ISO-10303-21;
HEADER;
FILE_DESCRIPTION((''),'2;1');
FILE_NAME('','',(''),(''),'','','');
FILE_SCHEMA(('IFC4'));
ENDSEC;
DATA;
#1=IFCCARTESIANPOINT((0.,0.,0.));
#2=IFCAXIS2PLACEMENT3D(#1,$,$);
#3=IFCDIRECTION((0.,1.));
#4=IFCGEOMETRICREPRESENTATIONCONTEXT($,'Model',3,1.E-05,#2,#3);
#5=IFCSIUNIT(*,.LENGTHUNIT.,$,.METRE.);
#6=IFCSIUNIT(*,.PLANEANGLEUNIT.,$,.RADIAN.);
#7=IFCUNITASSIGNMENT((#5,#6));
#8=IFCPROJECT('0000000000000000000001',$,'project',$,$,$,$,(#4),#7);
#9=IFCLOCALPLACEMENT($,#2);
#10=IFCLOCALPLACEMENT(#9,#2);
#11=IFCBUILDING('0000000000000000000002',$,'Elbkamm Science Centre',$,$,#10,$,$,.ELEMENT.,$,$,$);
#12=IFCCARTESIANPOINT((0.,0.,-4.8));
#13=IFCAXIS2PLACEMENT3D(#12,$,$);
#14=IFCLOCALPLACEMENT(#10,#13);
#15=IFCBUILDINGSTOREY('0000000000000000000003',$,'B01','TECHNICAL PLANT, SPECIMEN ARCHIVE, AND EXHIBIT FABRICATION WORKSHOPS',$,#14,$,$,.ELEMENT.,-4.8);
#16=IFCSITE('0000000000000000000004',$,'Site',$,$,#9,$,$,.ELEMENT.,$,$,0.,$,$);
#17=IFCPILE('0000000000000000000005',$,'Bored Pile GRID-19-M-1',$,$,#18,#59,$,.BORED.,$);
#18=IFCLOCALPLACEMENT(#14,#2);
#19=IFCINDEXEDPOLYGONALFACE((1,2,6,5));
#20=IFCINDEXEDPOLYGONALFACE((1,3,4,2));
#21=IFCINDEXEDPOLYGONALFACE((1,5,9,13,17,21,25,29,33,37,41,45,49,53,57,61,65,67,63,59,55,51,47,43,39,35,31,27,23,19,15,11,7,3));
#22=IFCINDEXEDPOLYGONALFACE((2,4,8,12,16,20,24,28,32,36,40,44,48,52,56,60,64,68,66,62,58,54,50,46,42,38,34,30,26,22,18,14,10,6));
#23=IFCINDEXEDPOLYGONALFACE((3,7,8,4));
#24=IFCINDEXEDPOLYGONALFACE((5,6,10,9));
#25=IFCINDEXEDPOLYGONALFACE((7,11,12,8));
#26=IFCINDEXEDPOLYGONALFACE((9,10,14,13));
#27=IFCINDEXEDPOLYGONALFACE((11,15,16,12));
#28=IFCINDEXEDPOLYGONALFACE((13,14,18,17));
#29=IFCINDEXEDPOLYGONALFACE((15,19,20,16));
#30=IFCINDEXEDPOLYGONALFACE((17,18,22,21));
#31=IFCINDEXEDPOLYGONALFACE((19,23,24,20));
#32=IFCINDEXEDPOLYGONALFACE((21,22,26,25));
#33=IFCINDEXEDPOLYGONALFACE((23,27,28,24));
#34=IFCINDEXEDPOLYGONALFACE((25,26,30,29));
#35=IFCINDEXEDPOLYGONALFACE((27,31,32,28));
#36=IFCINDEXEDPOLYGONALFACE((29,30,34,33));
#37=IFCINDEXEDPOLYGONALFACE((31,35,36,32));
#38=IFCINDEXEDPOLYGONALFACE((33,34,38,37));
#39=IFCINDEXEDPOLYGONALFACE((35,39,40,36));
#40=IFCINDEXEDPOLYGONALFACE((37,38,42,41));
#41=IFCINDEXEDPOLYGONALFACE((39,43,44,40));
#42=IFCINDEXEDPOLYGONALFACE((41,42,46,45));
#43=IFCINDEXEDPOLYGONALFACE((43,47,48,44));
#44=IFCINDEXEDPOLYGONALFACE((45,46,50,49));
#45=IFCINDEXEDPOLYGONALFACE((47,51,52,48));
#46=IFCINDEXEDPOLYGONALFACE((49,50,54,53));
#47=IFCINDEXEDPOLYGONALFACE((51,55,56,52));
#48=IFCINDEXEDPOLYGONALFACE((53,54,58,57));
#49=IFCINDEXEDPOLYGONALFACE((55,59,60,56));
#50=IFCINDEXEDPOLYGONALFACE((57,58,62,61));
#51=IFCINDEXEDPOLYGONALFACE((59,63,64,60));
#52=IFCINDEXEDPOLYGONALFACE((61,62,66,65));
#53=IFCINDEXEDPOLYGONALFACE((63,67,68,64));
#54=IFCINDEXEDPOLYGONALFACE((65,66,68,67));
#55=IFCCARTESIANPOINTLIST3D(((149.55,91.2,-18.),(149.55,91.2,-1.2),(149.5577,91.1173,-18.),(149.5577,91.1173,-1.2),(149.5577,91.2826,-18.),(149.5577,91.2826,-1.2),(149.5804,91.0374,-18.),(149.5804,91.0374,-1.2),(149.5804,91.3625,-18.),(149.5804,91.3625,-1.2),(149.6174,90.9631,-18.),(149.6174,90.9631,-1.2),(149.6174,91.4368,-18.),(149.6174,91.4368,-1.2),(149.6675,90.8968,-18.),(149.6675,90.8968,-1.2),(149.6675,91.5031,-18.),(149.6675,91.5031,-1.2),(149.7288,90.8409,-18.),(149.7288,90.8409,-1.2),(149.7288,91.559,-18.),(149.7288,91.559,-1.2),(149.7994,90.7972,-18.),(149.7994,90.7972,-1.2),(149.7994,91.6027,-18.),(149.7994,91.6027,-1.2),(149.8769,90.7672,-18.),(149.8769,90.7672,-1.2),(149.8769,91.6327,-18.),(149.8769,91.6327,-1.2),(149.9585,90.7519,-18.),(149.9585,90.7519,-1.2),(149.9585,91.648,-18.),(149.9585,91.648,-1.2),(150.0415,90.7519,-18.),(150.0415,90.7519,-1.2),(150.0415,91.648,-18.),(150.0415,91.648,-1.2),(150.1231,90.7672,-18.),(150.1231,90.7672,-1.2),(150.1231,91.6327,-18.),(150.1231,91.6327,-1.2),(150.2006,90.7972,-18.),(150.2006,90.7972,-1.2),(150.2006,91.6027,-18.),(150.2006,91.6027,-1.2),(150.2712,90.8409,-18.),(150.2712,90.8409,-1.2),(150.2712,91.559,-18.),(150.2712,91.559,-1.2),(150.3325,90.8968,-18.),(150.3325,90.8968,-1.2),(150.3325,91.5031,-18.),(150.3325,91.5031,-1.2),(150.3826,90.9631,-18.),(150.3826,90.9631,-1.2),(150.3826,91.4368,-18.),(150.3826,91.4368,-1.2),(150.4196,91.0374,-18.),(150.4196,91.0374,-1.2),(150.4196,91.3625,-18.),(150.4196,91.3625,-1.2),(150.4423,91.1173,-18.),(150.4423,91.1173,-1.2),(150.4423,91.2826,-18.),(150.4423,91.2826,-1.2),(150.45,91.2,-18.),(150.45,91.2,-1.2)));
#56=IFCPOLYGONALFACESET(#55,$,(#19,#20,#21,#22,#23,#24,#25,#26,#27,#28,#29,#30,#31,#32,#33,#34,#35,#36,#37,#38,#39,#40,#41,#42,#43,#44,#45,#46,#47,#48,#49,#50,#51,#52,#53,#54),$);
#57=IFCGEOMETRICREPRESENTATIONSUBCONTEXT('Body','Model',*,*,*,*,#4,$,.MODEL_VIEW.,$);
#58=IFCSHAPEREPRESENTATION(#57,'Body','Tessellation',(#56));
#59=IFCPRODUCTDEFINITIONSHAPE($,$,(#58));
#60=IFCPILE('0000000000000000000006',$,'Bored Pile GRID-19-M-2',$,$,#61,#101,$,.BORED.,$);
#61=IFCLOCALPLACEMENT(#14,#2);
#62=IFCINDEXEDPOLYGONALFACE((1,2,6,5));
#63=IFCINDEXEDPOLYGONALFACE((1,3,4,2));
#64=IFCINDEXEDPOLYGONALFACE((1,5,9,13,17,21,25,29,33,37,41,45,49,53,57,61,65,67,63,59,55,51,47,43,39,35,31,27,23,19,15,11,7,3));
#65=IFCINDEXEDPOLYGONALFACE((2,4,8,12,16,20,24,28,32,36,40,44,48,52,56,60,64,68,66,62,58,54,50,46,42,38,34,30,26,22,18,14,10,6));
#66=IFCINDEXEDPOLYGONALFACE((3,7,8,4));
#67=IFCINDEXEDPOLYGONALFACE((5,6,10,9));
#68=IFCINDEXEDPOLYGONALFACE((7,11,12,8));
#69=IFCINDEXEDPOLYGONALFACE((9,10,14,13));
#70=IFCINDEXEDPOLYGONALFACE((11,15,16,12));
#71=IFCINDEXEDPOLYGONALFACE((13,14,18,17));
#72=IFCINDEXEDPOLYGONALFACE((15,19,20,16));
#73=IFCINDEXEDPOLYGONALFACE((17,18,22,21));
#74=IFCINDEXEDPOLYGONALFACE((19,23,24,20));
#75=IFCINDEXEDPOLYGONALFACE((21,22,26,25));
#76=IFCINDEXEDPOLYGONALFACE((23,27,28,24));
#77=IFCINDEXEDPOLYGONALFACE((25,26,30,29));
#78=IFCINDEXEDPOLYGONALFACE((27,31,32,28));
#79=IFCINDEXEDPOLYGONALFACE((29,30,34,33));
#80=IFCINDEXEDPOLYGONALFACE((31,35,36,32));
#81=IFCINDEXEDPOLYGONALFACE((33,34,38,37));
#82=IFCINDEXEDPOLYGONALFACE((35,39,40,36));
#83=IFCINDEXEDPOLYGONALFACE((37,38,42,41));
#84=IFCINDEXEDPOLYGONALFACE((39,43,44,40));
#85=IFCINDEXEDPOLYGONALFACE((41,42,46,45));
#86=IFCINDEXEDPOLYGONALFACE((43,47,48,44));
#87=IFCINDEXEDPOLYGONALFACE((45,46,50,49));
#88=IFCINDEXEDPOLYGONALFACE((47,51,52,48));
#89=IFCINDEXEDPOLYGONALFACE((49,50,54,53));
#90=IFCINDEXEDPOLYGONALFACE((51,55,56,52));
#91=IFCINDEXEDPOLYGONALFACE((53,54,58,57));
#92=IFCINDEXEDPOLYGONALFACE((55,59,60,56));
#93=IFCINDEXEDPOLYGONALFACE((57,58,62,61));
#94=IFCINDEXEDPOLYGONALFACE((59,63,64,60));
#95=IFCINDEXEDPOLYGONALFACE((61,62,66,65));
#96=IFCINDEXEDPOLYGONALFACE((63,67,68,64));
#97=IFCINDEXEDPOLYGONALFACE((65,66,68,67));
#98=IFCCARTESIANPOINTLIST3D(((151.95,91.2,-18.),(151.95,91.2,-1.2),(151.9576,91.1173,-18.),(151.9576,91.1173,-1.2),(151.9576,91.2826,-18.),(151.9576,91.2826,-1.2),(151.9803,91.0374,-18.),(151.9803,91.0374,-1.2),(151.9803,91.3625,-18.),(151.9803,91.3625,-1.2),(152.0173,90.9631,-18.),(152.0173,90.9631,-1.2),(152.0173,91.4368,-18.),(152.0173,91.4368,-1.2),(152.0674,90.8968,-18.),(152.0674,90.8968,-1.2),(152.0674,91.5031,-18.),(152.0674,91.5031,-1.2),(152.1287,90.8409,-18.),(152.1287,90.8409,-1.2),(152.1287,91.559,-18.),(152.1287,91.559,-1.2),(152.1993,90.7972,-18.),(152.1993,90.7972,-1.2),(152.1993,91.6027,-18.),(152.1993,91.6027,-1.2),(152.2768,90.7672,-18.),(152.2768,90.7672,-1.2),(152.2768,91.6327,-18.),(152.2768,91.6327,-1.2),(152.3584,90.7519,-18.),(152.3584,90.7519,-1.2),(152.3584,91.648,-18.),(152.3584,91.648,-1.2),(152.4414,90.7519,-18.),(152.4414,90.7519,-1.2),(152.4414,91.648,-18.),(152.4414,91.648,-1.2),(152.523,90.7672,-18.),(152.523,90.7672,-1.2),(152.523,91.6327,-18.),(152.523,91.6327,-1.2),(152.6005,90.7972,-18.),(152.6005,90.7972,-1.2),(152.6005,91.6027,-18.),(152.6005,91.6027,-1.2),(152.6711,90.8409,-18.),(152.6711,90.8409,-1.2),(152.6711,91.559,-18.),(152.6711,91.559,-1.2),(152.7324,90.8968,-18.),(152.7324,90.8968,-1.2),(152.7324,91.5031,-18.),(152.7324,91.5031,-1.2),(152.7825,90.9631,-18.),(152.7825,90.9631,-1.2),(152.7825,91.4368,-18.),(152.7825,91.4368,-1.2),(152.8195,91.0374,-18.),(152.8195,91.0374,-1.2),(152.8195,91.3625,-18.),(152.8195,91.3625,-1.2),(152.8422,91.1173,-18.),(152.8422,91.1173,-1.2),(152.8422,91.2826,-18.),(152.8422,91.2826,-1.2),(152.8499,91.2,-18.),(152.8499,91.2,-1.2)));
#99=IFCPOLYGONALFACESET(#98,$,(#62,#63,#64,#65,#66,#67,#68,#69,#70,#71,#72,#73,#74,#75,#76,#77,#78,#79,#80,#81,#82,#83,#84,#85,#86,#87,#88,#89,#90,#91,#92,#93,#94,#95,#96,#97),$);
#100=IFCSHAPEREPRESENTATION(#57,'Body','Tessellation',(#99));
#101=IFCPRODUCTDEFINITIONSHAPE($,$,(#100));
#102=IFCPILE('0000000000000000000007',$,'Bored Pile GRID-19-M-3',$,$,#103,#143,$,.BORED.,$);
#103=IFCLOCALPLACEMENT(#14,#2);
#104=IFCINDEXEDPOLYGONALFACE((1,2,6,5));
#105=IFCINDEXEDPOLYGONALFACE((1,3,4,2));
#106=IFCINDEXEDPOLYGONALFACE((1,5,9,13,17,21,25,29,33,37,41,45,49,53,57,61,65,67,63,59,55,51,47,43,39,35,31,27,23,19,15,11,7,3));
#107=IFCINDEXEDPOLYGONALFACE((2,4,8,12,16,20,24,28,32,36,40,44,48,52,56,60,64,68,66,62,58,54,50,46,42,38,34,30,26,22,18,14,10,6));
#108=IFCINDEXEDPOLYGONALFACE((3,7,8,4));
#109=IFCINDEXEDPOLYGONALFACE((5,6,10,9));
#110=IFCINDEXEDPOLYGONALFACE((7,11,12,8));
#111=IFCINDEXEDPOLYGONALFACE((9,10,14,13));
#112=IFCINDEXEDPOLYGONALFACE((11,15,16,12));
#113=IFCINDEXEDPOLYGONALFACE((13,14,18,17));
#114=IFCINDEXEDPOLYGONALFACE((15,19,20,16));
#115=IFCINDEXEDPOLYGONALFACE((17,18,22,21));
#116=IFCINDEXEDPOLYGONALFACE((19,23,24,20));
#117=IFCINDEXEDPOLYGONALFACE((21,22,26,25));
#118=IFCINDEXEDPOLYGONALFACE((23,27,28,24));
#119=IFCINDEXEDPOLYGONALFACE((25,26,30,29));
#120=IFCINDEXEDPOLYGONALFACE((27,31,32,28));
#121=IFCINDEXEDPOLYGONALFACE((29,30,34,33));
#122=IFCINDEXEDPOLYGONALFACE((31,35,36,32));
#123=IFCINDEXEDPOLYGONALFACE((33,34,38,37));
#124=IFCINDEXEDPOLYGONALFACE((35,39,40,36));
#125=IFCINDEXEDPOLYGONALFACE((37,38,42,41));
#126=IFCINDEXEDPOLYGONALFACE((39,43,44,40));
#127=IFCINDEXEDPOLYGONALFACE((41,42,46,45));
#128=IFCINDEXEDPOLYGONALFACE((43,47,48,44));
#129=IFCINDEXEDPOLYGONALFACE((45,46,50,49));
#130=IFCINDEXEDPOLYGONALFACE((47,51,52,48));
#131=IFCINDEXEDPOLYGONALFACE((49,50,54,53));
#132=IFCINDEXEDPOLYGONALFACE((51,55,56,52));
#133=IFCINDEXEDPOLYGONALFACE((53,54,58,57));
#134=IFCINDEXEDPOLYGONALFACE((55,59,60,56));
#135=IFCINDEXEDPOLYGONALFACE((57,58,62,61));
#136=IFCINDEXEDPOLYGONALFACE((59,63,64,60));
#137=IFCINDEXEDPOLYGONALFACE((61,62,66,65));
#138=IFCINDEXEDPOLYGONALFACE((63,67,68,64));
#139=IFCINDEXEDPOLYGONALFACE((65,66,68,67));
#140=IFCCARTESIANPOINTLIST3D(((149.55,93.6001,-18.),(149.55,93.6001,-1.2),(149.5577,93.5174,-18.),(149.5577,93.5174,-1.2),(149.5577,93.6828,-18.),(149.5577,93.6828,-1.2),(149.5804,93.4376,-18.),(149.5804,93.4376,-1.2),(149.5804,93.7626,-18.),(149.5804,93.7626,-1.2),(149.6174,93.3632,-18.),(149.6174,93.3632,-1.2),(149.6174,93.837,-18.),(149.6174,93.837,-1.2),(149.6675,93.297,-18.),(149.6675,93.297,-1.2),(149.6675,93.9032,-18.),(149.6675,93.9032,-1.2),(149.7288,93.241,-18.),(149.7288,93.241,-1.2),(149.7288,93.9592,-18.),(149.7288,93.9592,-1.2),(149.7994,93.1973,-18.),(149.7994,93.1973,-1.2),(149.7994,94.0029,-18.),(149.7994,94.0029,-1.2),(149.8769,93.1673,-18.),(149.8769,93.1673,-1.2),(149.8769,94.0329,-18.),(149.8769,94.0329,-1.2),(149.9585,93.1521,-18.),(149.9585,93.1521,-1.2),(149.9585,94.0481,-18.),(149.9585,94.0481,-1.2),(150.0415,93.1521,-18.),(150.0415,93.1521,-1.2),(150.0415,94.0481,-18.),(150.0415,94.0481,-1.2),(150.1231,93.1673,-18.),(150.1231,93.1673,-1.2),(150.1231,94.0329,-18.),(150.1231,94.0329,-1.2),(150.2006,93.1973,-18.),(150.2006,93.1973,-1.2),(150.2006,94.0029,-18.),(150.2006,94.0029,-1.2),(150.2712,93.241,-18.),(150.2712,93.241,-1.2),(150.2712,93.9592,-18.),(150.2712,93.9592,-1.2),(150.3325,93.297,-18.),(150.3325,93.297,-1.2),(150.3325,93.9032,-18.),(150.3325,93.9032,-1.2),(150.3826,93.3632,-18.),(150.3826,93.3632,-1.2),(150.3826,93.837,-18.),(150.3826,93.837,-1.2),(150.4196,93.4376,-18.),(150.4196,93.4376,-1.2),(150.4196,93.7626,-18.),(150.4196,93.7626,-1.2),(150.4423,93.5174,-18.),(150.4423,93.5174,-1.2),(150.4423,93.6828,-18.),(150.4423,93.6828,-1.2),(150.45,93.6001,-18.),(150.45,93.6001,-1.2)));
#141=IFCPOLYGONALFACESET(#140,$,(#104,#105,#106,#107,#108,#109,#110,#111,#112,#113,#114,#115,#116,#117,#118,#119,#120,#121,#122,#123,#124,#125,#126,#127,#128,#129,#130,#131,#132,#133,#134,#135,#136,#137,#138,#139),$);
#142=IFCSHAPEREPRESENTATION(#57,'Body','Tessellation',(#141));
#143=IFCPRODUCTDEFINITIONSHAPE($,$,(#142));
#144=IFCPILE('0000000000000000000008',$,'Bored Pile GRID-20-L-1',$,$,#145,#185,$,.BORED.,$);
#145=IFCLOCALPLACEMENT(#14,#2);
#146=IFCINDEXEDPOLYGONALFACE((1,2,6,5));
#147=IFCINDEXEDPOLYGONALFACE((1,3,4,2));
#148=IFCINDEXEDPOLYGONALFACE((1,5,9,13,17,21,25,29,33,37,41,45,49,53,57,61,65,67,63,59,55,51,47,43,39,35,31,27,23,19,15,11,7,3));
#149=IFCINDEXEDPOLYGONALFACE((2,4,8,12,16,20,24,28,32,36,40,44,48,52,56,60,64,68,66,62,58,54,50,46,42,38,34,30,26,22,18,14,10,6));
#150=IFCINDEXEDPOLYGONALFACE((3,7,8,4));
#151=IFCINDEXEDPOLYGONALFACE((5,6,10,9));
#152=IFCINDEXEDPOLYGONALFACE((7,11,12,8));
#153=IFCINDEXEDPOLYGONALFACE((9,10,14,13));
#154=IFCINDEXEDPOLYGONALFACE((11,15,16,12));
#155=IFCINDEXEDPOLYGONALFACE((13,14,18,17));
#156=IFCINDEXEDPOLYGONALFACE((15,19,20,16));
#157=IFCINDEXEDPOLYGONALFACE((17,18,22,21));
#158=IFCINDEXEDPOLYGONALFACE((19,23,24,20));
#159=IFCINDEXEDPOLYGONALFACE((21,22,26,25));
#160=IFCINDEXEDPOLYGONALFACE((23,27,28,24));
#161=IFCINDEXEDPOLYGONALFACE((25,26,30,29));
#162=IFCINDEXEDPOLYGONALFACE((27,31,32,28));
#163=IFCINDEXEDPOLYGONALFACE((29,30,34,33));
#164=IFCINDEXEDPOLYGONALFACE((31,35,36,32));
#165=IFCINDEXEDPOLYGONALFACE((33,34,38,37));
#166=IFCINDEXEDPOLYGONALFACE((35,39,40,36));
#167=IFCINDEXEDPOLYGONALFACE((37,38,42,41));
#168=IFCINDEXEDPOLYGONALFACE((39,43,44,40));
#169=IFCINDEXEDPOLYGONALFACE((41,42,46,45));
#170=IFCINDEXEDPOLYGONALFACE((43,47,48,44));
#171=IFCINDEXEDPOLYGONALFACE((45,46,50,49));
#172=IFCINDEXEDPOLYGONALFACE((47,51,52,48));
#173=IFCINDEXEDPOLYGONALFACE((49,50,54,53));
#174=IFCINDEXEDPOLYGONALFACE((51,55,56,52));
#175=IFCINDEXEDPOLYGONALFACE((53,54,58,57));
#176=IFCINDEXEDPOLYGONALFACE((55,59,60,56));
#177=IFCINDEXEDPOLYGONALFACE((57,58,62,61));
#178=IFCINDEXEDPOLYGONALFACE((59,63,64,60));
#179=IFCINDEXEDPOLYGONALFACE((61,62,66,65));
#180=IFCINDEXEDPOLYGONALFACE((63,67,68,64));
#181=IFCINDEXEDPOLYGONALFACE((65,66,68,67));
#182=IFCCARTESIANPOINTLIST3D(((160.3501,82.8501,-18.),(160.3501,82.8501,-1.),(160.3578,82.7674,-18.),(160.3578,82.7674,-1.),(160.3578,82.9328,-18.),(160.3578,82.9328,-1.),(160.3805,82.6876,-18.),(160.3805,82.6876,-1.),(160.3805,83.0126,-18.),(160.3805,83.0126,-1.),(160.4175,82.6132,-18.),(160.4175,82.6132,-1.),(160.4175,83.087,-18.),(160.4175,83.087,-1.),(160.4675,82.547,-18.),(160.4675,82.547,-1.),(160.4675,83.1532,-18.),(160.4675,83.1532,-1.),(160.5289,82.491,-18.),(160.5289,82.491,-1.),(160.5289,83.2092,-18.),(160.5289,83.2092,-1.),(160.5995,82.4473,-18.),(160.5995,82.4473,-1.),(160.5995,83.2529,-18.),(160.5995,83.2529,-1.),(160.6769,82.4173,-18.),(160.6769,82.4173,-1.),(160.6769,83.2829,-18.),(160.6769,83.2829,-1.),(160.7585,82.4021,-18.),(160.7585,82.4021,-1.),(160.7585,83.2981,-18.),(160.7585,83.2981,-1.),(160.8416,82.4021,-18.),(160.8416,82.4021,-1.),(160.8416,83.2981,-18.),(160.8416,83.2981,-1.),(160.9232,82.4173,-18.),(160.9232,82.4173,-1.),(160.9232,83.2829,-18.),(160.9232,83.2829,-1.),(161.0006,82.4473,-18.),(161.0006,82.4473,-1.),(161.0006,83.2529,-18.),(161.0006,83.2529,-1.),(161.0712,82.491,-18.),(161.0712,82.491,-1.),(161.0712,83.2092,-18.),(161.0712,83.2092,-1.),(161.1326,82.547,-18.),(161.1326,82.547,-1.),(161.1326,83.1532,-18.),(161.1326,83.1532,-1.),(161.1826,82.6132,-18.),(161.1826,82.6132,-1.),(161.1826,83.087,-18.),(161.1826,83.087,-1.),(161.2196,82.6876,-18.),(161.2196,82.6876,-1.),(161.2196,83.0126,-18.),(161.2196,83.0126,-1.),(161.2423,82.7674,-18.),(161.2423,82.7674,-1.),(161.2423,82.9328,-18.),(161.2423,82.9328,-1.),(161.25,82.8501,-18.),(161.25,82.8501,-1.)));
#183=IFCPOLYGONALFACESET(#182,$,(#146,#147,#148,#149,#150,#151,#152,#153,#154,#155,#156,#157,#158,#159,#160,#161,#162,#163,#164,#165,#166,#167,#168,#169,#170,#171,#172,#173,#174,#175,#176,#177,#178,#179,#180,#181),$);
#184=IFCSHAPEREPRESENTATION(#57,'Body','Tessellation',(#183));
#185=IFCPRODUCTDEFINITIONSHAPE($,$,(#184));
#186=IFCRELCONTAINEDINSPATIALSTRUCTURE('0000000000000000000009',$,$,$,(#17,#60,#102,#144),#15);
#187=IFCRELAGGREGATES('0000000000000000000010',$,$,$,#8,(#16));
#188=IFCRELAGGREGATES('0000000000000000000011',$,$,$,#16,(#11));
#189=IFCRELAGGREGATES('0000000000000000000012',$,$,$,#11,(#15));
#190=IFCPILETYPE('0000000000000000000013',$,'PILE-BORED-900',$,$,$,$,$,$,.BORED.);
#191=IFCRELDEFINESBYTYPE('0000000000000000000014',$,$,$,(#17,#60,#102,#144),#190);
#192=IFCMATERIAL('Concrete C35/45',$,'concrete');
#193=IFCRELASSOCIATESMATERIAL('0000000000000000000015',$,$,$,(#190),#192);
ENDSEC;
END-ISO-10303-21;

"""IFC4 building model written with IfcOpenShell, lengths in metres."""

from ifc_helpers import new_model, si_unit, direction, frame, origin, origin_2d, place, context, subcontext, project, spatial, circle, extrude, material, material_profile, profile_set, type_object, element, save


model = new_model("IFC4")

# Units and contexts
model_context = context("Model", 3, precision=1e-05, world=origin(), true_north=direction((0.0, 1.0)))
body_context = subcontext(model_context, "Body", "Model", "MODEL_VIEW")
ifc_project = project(units=[si_unit("LENGTHUNIT", "METRE"), si_unit("PLANEANGLEUNIT", "RADIAN")], contexts=[model_context])

# Site, building, storey
site_placement = place(None, origin())
site = spatial("IfcSite", under=ifc_project, at=site_placement, Name="Site", CompositionType="ELEMENT", RefElevation=0.0)
building_placement = place(site_placement, origin())
building = spatial("IfcBuilding", under=site, at=building_placement, Name="Elbkamm Science Centre", CompositionType="ELEMENT")
storey_placement = place(building_placement, frame((0.0, 0.0, -4.8)))
storey = spatial("IfcBuildingStorey", under=building, at=storey_placement, Name="B01", Description="TECHNICAL PLANT, SPECIMEN ARCHIVE, AND EXHIBIT FABRICATION WORKSHOPS", CompositionType="ELEMENT", Elevation=-4.8)

# Shared definitions
ifc_material_1 = material(Name="Concrete C35/45", Category="concrete")

# Piles
ifc_material_profile_1 = material_profile(ifc_material_1, circle(Radius=0.45, at=origin_2d()), Name="PILE D900")
ifc_profile_set_1 = profile_set([ifc_material_profile_1], Name="Concrete C35/45")
pile_type = type_object("IfcPileType", Name="PILE-BORED-900", PredefinedType="BORED", material=ifc_profile_set_1)
for number, where, z_axis, x_axis, name in (
    (1, (150.0, 91.2, -1.2), (0.0, 0.0, -1.0), (1.0, 0.0, 0.0), "Bored Pile GRID-19-M-1"),
    (2, (152.3999, 91.2, -1.2), (0.0, 0.0, -1.0), (1.0, 0.0, 0.0), "Bored Pile GRID-19-M-2"),
    (3, (150.0, 93.6001, -1.2), (0.0, 0.0, -1.0), (1.0, 0.0, 0.0), "Bored Pile GRID-19-M-3"),
):
    element("IfcPile", number, at=place(storey_placement, frame(where, z_axis=z_axis, x_axis=x_axis)), inside=storey, type_object=pile_type, Name=name, PredefinedType="BORED", context=body_context, shape_type="SweptSolid", body=[
        extrude(circle(Radius=0.45, at=origin_2d()), origin(), (0.0, 0.0, 1.0), 16.8),
    ])
for number, where, z_axis, x_axis, name in (
    (4, (160.8, 82.8501, -1.0), (0.0, 0.0, -1.0), (1.0, 0.0, 0.0), "Bored Pile GRID-20-L-1"),
):
    element("IfcPile", number, at=place(storey_placement, frame(where, z_axis=z_axis, x_axis=x_axis)), inside=storey, type_object=pile_type, Name=name, PredefinedType="BORED", context=body_context, shape_type="SweptSolid", body=[
        extrude(circle(Radius=0.45, at=origin_2d()), origin(), (0.0, 0.0, 1.0), 17.0),
    ])

save(model, "model.ifc")
